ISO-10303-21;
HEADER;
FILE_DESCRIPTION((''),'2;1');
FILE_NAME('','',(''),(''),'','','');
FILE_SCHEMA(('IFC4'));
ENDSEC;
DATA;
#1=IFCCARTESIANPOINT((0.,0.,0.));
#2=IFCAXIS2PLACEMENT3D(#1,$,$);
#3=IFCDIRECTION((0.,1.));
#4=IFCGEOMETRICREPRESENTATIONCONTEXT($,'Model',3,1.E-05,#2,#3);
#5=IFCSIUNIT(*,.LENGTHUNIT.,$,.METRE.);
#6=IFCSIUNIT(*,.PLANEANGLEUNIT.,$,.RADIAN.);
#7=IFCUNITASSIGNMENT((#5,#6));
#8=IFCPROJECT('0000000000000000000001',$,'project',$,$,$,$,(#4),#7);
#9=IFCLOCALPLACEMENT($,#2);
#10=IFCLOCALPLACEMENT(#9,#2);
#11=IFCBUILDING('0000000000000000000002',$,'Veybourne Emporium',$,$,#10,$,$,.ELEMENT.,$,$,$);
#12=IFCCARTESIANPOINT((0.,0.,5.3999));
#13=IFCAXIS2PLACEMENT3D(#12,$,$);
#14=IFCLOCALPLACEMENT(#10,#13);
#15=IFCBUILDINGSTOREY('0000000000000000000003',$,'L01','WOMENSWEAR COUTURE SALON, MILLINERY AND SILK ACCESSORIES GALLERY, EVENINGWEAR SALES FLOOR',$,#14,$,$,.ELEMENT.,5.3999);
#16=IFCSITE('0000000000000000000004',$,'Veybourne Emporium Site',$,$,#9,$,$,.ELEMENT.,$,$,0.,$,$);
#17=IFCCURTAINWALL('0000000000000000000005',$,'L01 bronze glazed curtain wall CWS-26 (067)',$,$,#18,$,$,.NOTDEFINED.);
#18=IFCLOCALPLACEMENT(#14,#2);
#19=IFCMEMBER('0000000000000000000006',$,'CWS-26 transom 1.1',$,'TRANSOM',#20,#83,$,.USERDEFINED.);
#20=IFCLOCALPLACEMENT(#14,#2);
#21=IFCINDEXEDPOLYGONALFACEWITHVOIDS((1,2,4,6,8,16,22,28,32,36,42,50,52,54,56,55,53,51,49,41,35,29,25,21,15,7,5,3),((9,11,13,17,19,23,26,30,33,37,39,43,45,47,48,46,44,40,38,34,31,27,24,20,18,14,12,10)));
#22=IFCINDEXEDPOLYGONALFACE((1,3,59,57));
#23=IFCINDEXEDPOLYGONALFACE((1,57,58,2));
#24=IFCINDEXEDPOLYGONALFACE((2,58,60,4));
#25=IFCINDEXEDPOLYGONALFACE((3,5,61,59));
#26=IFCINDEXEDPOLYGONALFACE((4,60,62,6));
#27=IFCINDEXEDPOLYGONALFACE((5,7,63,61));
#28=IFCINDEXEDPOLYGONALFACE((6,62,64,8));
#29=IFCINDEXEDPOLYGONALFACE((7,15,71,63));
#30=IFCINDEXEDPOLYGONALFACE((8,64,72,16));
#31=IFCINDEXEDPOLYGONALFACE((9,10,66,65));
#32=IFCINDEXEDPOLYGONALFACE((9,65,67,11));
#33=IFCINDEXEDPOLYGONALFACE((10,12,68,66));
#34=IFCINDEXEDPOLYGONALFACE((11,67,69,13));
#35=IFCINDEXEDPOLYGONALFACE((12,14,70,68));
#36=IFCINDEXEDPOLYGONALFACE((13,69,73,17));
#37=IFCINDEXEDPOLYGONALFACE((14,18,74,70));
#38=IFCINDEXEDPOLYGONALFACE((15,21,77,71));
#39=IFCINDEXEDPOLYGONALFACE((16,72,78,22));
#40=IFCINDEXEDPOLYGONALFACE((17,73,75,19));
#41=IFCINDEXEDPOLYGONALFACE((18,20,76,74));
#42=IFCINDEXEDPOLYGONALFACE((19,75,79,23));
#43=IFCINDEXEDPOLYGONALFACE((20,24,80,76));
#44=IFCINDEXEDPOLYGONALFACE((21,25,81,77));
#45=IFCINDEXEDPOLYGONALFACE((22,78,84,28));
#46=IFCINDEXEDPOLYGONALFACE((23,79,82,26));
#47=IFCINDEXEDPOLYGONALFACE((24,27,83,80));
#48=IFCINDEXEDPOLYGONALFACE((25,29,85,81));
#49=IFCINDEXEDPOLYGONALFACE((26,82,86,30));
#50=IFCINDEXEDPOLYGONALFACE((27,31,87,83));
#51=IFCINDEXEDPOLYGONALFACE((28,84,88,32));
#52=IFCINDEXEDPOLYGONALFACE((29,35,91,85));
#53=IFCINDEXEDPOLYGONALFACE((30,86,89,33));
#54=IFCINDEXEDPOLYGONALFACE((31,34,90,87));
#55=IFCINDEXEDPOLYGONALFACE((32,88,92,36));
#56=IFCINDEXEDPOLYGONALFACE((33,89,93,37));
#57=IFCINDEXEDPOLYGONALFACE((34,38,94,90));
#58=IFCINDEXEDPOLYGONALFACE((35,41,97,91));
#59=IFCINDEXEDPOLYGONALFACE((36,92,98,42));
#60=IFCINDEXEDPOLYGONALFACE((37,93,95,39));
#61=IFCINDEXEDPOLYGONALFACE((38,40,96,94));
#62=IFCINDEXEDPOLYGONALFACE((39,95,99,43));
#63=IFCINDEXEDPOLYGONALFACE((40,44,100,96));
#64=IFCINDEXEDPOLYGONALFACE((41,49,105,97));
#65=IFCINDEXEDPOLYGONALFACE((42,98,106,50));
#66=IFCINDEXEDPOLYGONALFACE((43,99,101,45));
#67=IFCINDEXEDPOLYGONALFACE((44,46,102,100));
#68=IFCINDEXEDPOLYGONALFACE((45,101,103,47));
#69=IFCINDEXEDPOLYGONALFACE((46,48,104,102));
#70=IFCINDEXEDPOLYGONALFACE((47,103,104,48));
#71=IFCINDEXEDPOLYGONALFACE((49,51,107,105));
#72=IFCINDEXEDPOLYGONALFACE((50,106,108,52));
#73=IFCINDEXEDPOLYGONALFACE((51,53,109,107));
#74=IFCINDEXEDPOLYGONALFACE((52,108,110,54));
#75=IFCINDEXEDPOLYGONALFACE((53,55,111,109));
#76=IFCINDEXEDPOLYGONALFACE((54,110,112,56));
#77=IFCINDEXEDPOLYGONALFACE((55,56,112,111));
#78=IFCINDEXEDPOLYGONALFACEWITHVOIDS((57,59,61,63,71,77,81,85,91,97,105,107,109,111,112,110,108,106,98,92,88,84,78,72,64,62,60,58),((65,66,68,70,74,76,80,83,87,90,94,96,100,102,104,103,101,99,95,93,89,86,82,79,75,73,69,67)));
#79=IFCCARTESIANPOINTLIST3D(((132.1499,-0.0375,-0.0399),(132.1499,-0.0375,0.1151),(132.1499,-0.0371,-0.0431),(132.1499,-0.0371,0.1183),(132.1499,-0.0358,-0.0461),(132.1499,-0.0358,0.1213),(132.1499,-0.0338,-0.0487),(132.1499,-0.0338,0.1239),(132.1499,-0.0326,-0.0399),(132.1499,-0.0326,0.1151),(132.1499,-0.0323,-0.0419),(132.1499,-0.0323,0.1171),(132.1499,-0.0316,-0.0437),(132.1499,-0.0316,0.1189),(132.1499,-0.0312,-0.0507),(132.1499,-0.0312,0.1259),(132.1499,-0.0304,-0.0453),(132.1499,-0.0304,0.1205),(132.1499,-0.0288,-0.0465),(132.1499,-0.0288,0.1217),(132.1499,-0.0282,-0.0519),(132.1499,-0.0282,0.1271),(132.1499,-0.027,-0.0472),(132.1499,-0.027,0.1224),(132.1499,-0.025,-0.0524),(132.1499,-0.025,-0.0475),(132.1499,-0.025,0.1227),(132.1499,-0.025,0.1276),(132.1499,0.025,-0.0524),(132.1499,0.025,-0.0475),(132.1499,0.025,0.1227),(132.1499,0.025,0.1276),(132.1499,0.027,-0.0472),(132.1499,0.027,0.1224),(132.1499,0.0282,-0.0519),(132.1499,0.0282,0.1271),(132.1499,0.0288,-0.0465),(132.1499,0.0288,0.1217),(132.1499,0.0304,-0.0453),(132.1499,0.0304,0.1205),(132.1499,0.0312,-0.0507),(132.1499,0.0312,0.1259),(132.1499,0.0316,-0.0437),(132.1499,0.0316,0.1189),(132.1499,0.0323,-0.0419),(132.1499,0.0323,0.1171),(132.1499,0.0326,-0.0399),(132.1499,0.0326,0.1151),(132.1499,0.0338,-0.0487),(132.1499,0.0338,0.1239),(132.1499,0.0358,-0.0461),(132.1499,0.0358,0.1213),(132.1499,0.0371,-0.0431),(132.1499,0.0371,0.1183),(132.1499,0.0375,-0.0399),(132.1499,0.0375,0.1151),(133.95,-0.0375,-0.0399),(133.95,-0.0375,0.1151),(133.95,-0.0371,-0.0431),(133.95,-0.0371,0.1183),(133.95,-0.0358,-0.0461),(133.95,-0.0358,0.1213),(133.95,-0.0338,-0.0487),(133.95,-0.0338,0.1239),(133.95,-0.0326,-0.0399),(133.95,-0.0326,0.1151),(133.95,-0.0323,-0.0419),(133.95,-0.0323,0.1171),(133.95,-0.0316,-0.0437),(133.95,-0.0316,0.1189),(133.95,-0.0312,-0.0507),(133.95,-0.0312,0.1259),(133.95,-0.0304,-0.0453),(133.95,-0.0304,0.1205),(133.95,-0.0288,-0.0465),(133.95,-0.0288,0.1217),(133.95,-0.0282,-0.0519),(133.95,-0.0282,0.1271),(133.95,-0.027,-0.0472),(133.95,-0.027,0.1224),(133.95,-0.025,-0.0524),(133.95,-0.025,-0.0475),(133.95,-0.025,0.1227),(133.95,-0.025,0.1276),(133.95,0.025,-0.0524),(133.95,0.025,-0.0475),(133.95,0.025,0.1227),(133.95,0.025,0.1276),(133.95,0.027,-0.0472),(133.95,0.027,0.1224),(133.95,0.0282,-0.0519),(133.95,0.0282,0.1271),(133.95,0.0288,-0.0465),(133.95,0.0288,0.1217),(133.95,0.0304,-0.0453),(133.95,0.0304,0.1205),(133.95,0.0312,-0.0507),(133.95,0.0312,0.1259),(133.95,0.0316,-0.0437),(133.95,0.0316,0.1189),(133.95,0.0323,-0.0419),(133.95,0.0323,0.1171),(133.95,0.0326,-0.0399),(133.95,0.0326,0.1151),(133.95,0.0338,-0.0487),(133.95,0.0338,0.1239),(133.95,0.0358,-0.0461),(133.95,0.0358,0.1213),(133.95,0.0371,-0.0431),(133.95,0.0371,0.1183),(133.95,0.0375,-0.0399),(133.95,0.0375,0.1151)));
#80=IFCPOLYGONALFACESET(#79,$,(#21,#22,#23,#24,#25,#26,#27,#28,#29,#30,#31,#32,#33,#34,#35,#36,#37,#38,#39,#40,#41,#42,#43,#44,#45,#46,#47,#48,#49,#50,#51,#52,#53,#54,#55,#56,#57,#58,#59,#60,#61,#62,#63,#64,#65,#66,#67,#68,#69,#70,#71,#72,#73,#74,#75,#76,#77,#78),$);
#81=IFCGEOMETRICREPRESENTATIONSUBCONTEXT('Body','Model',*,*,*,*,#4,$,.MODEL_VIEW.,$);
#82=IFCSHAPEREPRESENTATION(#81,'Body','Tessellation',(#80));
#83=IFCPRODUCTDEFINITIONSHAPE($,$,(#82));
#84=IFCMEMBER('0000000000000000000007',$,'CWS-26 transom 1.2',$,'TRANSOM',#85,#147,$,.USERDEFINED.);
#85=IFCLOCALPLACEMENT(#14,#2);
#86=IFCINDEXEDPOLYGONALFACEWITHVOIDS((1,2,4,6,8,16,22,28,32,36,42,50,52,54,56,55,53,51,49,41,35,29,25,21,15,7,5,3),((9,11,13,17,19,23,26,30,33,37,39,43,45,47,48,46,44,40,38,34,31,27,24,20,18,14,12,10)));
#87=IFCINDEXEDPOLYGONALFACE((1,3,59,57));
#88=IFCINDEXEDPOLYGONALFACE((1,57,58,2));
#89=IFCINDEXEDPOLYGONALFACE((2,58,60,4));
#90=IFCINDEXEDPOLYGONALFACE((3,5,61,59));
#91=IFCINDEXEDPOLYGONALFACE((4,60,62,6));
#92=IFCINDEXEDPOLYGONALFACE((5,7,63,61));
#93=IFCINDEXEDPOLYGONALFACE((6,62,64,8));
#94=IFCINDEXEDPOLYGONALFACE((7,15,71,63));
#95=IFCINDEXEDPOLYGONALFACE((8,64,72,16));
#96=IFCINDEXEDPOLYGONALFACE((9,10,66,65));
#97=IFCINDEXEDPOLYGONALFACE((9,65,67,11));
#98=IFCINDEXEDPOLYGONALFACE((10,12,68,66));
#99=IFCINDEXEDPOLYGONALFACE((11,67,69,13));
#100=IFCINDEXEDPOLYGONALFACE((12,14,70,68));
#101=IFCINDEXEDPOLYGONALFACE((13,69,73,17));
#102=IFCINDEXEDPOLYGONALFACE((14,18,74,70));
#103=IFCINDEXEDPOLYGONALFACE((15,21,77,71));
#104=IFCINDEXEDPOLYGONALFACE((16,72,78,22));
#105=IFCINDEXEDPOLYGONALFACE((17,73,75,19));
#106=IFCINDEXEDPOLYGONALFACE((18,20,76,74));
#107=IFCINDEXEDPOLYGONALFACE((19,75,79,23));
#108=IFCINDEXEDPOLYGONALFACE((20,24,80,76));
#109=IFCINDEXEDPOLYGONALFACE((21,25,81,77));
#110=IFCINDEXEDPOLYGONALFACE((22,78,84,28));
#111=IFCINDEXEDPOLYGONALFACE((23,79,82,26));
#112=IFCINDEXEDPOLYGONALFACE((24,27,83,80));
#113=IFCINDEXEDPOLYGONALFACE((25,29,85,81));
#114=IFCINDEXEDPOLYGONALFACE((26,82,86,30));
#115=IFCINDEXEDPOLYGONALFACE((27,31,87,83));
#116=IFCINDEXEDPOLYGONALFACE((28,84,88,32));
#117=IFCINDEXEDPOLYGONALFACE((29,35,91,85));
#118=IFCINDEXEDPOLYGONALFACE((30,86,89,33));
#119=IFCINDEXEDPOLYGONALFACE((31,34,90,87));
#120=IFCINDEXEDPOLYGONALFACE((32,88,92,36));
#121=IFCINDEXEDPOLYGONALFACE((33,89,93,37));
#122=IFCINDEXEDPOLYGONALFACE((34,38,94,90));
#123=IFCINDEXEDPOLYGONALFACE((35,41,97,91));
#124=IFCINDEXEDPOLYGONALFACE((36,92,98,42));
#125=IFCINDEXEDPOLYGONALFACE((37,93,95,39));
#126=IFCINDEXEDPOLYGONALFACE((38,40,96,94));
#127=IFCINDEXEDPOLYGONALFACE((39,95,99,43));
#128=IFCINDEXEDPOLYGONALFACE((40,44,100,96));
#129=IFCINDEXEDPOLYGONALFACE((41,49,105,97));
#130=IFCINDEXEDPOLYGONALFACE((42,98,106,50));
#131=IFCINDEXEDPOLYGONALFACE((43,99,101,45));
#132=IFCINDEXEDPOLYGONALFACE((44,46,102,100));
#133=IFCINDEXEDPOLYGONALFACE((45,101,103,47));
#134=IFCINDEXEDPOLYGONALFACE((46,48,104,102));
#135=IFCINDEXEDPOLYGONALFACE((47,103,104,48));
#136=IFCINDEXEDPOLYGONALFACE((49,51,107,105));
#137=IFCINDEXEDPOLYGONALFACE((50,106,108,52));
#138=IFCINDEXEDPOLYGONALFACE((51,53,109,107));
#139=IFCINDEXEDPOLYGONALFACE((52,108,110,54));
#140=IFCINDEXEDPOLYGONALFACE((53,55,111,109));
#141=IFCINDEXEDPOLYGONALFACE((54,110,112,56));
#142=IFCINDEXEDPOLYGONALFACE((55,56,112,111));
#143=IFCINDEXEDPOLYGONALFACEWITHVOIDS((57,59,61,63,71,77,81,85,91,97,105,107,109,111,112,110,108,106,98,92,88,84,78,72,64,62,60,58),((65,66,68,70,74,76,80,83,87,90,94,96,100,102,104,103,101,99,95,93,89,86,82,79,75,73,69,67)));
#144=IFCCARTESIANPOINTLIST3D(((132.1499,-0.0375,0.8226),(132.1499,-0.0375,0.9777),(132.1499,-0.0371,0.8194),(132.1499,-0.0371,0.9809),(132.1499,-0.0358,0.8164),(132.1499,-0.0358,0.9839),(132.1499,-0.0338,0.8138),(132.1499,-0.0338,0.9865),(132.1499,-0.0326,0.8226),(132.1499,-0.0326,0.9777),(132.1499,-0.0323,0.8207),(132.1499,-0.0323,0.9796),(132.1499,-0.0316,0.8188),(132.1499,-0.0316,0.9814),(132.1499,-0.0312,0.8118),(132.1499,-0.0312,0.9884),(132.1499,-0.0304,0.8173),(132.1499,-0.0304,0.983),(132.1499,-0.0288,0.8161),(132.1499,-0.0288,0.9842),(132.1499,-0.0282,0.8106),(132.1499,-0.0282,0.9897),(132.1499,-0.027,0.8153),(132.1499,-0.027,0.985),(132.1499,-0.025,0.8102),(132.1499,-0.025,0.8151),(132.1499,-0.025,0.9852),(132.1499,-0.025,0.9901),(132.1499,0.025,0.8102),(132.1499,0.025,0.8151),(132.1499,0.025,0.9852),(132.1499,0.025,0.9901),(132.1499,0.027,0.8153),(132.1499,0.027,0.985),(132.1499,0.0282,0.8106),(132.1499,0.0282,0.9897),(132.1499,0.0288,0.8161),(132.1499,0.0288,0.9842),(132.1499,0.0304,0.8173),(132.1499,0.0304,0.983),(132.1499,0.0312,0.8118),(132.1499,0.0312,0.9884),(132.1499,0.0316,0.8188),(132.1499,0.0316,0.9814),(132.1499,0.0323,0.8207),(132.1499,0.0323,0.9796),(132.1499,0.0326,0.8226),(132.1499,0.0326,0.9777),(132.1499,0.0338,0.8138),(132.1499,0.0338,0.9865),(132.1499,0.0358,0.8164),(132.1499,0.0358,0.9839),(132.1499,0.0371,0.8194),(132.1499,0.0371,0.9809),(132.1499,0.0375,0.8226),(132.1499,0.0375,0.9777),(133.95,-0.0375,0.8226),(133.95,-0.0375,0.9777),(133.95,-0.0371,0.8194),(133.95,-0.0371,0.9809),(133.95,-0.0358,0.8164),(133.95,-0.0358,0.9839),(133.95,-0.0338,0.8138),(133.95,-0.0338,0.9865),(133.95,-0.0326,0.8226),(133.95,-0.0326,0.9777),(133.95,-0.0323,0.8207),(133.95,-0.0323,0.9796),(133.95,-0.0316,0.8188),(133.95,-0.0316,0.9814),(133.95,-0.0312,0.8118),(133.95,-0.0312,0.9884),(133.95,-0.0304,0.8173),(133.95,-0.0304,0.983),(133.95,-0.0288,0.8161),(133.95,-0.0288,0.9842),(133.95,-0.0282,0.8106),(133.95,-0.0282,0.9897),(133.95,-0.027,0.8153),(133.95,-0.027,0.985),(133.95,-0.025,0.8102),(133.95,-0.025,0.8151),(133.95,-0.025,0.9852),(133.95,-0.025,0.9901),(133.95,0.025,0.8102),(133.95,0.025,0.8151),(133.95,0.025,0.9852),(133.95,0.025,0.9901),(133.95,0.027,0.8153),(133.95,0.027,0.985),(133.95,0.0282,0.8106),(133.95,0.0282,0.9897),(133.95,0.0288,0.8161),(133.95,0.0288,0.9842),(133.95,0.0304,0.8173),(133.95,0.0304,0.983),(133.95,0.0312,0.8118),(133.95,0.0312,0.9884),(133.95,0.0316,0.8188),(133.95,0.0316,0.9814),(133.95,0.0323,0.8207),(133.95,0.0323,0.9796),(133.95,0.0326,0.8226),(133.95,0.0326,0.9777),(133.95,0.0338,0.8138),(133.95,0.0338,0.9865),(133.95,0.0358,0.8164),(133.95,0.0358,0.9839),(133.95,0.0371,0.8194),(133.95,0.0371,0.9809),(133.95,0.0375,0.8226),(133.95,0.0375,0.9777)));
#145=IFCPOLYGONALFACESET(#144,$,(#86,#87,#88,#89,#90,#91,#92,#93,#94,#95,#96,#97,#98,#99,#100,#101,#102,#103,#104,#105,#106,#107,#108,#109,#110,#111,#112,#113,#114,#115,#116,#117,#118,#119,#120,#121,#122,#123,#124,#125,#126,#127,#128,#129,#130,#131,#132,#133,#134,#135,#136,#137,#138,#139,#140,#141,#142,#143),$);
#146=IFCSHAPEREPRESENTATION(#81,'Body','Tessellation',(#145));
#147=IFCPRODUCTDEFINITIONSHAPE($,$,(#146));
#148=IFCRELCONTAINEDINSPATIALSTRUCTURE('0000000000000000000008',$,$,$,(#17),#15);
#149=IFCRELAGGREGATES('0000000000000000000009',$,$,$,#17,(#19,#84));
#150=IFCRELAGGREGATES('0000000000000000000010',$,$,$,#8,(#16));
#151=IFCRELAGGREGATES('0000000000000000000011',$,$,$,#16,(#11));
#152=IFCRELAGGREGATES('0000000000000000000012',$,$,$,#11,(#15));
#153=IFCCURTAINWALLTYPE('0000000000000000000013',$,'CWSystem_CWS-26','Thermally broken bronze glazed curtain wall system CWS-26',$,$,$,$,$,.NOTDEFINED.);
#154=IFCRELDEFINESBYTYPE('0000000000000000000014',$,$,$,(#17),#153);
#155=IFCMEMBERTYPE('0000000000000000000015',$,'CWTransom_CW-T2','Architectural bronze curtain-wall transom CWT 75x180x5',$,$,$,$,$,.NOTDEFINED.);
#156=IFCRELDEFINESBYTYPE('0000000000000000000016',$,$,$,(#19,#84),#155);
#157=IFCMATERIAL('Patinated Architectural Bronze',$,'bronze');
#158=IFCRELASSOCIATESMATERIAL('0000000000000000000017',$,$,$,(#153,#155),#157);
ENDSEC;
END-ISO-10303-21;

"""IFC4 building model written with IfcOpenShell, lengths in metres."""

from ifc_helpers import new_model, si_unit, direction, frame, origin, origin_2d, place, context, subcontext, project, spatial, hollow_rectangle, extrude, material, material_profile, profile_set, type_object, element, aggregate, save


model = new_model("IFC4")

# Units and contexts
model_context = context("Model", 3, precision=1e-05, world=origin(), true_north=direction((0.0, 1.0)))
body_context = subcontext(model_context, "Body", "Model", "MODEL_VIEW")
ifc_project = project(units=[si_unit("LENGTHUNIT", "METRE"), si_unit("PLANEANGLEUNIT", "RADIAN")], contexts=[model_context])

# Site, building, storey
site_placement = place(None, origin())
site = spatial("IfcSite", under=ifc_project, at=site_placement, Name="Veybourne Emporium Site", CompositionType="ELEMENT", RefElevation=0.0)
building_placement = place(site_placement, origin())
building = spatial("IfcBuilding", under=site, at=building_placement, Name="Veybourne Emporium", CompositionType="ELEMENT")
storey_placement = place(building_placement, frame((0.0, 0.0, 5.3999)))
storey = spatial("IfcBuildingStorey", under=building, at=storey_placement, Name="L01", Description="WOMENSWEAR COUTURE SALON, MILLINERY AND SILK ACCESSORIES GALLERY, EVENINGWEAR SALES FLOOR", CompositionType="ELEMENT", Elevation=5.3999)

# Curtain wall, members
ifc_material_1 = material(Name="Patinated Architectural Bronze", Category="bronze")
curtain_wall_type = type_object("IfcCurtainWallType", Name="CWSystem_CWS-26", Description="Thermally broken bronze glazed curtain wall system CWS-26", PredefinedType="NOTDEFINED", material=ifc_material_1)
curtain_wall_placement = place(storey_placement, origin())
curtain_wall = element("IfcCurtainWall", 1, at=curtain_wall_placement, inside=storey, type_object=curtain_wall_type, Name="L01 bronze glazed curtain wall CWS-26 (067)", PredefinedType="NOTDEFINED")
ifc_material_profile_1 = material_profile(ifc_material_1, hollow_rectangle(XDim=0.075, YDim=0.1799, WallThickness=0.0049, InnerFilletRadius=0.0076, OuterFilletRadius=0.0125, at=origin_2d()), Name="CWT 75x180x5")
ifc_profile_set_1 = profile_set([ifc_material_profile_1], Name="Patinated Architectural Bronze")
member_type_1 = type_object("IfcMemberType", Name="CWTransom_CW-T2", Description="Architectural bronze curtain-wall transom CWT 75x180x5", PredefinedType="NOTDEFINED", material=ifc_profile_set_1)
member_1_placement = place(storey_placement, frame((133.95, 0.0, 0.0376), z_axis=(-1.0, 0.0, 0.0), x_axis=(0.0, -1.0, 0.0)))
member_1 = element("IfcMember", 2, at=member_1_placement, type_object=member_type_1, Name="CWS-26 transom 1.1", ObjectType="TRANSOM", PredefinedType="USERDEFINED", context=body_context, shape_type="SweptSolid", body=[
    extrude(hollow_rectangle(XDim=0.075, YDim=0.1799, WallThickness=0.0049, InnerFilletRadius=0.0076, OuterFilletRadius=0.0125, at=origin_2d()), origin(), (0.0, 0.0, 1.0), 1.8),
])
member_2_placement = place(storey_placement, frame((133.95, 0.0, 0.9001), z_axis=(-1.0, 0.0, 0.0), x_axis=(0.0, -1.0, 0.0)))
member_2 = element("IfcMember", 3, at=member_2_placement, type_object=member_type_1, Name="CWS-26 transom 1.2", ObjectType="TRANSOM", PredefinedType="USERDEFINED", context=body_context, shape_type="SweptSolid", body=[
    extrude(hollow_rectangle(XDim=0.075, YDim=0.1799, WallThickness=0.0049, InnerFilletRadius=0.0076, OuterFilletRadius=0.0125, at=origin_2d()), origin(), (0.0, 0.0, 1.0), 1.8),
])

aggregate(curtain_wall, [member_1, member_2])

save(model, "model.ifc")
